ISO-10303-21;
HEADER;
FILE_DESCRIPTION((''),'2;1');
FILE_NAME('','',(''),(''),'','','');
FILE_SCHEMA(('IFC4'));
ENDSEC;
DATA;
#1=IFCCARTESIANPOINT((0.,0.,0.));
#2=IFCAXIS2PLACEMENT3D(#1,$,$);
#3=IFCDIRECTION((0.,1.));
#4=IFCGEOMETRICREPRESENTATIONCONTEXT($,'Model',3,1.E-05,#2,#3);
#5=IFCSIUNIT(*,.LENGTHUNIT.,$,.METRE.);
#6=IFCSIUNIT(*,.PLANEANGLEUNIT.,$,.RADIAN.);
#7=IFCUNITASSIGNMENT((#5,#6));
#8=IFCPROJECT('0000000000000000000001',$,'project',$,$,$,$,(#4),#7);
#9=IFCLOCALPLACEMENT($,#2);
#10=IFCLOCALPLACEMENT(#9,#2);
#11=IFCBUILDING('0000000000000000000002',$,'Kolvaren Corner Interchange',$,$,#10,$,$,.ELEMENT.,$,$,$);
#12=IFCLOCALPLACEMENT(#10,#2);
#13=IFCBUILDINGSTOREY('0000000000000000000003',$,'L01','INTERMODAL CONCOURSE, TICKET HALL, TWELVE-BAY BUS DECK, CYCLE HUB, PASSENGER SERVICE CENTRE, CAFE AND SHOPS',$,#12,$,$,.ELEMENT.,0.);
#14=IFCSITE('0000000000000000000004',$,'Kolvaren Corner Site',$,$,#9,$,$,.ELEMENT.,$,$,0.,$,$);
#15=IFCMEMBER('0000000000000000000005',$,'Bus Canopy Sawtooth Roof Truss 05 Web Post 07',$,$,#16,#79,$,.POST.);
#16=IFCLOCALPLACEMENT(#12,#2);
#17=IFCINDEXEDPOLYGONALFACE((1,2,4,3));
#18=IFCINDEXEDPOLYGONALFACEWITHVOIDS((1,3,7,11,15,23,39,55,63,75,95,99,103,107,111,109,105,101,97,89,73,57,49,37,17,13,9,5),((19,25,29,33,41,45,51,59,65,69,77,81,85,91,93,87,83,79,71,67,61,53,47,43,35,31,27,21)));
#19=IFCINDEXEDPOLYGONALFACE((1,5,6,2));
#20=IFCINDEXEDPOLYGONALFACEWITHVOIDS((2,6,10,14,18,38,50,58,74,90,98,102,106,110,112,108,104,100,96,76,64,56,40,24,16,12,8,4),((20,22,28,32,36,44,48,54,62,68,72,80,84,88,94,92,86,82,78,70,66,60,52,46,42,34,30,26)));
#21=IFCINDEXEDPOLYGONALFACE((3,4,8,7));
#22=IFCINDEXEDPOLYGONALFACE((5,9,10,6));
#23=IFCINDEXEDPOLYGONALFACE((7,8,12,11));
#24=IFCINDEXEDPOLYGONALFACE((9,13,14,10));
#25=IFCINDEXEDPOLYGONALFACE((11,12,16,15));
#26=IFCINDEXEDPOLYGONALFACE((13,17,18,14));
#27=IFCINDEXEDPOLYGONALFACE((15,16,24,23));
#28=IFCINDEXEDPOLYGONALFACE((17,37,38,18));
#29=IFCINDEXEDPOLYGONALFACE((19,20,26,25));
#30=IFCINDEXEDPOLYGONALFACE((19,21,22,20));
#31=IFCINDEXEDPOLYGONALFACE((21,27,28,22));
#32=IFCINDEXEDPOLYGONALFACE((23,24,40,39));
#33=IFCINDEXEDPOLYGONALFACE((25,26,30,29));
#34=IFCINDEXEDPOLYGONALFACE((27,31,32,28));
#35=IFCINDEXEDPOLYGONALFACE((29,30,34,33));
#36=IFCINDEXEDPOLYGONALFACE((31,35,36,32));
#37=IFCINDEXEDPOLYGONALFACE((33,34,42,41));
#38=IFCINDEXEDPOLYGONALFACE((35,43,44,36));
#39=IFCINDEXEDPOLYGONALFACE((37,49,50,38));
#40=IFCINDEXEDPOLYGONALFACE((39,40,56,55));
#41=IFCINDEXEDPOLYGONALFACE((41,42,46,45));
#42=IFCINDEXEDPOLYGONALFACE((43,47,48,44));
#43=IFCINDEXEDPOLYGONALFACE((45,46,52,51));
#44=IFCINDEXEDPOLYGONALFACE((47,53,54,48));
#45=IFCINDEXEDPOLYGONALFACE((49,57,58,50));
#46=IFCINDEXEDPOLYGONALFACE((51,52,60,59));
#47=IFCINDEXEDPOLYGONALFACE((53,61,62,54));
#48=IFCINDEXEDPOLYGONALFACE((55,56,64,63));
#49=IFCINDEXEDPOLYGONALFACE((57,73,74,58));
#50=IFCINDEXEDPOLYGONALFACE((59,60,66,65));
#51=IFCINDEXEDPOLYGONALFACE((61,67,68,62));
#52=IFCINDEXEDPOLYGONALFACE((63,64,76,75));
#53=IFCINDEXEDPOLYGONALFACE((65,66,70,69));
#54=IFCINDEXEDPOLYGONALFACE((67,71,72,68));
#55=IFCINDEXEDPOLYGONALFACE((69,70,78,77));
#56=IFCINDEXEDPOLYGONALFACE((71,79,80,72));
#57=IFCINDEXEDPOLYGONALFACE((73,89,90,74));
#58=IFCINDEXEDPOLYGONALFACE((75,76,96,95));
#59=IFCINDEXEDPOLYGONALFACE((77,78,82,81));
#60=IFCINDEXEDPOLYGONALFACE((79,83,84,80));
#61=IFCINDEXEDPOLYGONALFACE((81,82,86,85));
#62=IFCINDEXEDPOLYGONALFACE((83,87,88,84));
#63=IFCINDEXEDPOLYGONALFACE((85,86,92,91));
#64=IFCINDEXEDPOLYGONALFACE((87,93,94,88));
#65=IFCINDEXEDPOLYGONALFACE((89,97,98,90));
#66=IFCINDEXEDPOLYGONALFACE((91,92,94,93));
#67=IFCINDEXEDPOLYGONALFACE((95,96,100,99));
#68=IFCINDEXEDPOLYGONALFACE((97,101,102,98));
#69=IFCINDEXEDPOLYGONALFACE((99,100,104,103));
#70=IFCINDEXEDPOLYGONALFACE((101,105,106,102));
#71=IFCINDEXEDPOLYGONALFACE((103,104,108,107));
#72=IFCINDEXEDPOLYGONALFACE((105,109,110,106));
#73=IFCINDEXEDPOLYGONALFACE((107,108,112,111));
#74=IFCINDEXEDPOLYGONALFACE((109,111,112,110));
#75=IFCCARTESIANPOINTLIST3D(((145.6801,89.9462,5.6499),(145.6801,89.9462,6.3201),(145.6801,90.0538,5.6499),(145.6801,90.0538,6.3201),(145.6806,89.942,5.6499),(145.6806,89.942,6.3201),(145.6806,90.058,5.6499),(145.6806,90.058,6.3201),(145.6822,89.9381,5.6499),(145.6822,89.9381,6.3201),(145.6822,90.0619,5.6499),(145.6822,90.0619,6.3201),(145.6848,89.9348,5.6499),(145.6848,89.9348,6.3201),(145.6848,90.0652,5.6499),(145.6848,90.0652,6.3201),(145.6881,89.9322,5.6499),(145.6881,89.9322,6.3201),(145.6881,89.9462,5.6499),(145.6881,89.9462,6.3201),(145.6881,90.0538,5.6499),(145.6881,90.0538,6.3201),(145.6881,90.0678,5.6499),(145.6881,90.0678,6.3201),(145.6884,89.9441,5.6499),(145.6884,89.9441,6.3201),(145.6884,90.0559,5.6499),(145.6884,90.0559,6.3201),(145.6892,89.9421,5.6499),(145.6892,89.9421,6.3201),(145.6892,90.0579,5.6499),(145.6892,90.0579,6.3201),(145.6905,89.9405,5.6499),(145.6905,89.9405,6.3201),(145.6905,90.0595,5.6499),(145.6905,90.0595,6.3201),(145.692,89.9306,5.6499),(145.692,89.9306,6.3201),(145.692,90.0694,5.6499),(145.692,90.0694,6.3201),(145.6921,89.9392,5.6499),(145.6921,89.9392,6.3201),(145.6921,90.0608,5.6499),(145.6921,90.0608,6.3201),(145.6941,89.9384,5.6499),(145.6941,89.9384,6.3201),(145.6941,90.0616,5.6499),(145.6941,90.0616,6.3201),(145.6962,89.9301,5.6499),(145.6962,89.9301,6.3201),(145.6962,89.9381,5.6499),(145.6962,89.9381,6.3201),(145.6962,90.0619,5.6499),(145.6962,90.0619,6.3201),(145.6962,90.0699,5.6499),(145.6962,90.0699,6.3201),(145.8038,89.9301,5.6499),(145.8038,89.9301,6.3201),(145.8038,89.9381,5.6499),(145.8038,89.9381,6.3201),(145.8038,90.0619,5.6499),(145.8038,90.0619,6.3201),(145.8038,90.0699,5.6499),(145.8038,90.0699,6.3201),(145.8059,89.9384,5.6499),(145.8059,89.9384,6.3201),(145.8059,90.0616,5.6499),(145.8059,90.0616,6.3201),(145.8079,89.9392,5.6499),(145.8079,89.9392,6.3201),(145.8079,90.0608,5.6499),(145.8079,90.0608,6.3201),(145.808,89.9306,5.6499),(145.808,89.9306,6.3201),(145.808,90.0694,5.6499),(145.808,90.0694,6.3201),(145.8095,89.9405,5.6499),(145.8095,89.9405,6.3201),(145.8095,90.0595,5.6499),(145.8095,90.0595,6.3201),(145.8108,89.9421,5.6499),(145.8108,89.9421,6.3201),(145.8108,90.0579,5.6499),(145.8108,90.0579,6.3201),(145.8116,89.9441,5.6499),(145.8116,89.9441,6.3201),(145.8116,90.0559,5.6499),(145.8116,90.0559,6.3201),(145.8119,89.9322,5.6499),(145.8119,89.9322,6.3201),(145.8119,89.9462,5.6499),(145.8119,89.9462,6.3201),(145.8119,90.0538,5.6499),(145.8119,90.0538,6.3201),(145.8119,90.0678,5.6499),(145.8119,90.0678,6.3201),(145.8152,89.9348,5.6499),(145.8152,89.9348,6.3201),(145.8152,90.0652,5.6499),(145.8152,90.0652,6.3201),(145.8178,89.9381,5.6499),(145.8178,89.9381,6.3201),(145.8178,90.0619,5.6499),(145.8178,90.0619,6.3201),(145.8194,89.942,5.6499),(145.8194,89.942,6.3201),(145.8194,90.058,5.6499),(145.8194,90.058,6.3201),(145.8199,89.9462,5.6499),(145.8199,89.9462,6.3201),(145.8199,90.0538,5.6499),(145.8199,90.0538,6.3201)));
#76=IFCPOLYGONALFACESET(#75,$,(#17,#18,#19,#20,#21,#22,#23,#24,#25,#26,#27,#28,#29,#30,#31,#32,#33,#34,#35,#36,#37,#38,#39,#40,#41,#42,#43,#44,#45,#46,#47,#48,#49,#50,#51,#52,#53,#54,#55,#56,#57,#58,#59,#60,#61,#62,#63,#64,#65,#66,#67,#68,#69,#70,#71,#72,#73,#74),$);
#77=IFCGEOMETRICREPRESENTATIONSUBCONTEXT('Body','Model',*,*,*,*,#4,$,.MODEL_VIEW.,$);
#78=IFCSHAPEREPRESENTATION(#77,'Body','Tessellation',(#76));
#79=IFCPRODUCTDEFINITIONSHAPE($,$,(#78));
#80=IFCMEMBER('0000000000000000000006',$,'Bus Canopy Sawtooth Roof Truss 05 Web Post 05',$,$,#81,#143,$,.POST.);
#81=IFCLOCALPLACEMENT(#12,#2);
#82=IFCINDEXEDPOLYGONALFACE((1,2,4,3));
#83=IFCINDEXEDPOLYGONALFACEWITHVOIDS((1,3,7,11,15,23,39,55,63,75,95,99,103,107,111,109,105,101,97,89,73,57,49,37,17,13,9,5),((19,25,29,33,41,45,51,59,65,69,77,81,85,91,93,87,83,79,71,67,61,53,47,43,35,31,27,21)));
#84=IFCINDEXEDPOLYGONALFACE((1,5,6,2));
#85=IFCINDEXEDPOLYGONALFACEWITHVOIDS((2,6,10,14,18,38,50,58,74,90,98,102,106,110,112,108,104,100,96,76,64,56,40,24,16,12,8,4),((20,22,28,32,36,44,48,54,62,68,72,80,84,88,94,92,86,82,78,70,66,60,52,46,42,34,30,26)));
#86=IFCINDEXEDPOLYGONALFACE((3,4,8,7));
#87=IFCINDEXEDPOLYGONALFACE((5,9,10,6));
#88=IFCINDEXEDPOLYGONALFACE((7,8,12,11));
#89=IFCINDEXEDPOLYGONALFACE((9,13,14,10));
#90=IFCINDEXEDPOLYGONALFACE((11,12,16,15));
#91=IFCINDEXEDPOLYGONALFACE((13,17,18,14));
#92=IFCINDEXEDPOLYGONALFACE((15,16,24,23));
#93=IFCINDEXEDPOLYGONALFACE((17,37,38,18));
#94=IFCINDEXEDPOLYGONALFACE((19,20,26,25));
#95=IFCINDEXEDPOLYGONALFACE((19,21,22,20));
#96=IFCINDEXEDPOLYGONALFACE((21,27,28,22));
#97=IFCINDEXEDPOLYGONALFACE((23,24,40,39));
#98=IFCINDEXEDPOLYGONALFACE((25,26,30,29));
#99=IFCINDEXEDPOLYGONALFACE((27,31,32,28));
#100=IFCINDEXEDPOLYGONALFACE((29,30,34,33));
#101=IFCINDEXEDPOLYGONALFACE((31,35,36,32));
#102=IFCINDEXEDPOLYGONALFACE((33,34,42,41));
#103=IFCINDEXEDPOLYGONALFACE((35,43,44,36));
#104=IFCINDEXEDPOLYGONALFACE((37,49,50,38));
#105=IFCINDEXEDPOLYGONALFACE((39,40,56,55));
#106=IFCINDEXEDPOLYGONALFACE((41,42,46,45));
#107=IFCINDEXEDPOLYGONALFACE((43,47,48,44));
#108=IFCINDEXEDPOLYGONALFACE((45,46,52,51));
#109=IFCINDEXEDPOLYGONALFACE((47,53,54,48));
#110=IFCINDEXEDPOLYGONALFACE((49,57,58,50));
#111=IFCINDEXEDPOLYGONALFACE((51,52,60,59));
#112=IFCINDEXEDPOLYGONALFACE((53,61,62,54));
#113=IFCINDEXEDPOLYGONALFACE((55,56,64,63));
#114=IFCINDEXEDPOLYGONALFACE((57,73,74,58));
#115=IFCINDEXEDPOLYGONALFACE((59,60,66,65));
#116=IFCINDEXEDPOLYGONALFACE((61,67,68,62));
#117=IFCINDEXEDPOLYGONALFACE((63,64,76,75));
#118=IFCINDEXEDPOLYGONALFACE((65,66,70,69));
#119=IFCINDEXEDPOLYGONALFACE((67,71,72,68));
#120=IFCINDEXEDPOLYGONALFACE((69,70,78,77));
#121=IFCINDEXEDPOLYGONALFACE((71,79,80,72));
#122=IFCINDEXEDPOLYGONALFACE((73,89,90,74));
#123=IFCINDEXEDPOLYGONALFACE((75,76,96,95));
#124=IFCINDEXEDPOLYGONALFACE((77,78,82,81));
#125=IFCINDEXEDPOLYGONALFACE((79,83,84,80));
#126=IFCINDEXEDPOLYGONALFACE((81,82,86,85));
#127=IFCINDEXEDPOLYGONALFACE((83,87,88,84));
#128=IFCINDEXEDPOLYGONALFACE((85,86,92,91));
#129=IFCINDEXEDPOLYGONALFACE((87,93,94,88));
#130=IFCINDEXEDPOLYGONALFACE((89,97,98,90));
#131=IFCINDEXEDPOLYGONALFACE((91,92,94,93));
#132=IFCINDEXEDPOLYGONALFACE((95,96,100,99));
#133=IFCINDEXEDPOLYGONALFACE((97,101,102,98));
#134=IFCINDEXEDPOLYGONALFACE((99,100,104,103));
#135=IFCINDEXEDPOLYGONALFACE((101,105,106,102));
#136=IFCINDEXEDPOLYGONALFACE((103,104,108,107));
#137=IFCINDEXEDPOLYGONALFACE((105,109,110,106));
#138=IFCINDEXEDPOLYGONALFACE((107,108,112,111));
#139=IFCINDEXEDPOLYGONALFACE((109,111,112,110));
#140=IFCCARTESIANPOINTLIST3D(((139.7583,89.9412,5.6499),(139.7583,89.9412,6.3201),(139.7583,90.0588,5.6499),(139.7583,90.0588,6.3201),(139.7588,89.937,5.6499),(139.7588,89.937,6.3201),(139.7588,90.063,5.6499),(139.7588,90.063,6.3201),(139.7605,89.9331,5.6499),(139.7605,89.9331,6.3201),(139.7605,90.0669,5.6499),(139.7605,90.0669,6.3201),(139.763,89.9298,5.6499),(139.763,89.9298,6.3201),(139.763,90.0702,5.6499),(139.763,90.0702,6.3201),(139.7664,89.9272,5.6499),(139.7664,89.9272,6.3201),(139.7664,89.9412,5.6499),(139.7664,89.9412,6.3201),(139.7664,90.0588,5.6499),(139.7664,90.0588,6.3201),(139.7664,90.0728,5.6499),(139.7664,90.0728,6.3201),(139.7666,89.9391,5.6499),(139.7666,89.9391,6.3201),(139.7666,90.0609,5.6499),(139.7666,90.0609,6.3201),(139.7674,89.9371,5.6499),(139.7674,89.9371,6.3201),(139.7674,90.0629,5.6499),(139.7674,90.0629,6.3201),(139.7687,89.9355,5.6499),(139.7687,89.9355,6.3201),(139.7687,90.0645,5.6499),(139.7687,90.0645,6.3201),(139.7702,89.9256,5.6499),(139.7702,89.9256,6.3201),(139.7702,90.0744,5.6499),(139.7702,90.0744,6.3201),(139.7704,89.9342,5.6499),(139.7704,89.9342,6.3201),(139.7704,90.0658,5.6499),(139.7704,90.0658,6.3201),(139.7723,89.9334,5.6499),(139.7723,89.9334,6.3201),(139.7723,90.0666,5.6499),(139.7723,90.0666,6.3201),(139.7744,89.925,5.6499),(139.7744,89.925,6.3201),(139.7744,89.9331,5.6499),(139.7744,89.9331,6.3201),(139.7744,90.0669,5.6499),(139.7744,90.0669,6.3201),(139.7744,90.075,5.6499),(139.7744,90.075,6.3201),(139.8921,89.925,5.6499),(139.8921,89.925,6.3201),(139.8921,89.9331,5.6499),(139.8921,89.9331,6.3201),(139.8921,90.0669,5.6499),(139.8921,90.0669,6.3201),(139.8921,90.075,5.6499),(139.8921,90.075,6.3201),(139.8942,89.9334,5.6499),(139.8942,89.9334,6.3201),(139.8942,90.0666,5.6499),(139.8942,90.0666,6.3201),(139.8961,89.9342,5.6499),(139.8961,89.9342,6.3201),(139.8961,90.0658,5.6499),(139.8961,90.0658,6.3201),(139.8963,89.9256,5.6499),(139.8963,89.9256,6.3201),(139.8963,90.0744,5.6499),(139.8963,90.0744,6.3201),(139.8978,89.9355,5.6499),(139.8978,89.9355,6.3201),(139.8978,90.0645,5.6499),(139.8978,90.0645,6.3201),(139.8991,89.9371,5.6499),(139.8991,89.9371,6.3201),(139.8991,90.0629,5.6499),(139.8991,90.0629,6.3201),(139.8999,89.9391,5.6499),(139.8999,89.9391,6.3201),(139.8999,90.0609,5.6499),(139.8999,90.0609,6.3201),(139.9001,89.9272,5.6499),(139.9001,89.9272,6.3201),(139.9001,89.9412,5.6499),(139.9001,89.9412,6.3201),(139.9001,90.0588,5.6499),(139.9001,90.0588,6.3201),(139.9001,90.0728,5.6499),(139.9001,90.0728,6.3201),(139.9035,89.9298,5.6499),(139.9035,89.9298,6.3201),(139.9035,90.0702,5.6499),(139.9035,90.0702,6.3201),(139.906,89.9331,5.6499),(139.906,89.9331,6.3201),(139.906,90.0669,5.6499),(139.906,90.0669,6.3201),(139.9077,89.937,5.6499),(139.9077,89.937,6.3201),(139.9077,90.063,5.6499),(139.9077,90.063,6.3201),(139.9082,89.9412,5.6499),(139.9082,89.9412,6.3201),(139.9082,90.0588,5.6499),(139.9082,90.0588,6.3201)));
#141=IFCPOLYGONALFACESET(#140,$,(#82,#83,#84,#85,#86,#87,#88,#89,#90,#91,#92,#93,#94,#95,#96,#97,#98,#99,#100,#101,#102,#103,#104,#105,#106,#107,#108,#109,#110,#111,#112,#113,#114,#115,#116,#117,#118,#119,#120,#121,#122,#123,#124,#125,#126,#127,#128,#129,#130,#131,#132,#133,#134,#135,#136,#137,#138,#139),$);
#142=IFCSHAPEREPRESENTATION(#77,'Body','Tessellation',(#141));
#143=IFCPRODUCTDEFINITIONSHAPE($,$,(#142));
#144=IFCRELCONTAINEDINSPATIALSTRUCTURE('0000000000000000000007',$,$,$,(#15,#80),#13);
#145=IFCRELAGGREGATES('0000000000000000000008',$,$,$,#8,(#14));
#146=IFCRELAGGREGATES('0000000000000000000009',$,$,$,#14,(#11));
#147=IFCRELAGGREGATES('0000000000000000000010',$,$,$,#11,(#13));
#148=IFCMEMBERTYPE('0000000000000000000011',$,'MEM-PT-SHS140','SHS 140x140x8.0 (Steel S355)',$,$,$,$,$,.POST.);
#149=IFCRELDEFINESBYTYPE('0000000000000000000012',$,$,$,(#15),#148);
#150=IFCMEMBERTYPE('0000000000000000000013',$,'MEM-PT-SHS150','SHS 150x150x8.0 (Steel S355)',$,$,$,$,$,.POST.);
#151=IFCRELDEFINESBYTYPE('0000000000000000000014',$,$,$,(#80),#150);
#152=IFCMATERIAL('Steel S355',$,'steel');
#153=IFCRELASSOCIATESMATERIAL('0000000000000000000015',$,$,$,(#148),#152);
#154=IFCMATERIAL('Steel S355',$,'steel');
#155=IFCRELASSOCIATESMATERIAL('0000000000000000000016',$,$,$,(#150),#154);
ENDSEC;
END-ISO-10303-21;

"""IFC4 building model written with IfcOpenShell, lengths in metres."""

from ifc_helpers import new_model, si_unit, direction, frame, origin, origin_2d, place, context, subcontext, project, spatial, hollow_rectangle, extrude, material, material_profile, profile_set, type_object, element, save


model = new_model("IFC4")

# Units and contexts
model_context = context("Model", 3, precision=1e-05, world=origin(), true_north=direction((0.0, 1.0)))
body_context = subcontext(model_context, "Body", "Model", "MODEL_VIEW")
ifc_project = project(units=[si_unit("LENGTHUNIT", "METRE"), si_unit("PLANEANGLEUNIT", "RADIAN")], contexts=[model_context])

# Site, building, storey
site_placement = place(None, origin())
site = spatial("IfcSite", under=ifc_project, at=site_placement, Name="Kolvaren Corner Site", CompositionType="ELEMENT", RefElevation=0.0)
building_placement = place(site_placement, origin())
building = spatial("IfcBuilding", under=site, at=building_placement, Name="Kolvaren Corner Interchange", CompositionType="ELEMENT")
storey_placement = place(building_placement, origin())
storey = spatial("IfcBuildingStorey", under=building, at=storey_placement, Name="L01", Description="INTERMODAL CONCOURSE, TICKET HALL, TWELVE-BAY BUS DECK, CYCLE HUB, PASSENGER SERVICE CENTRE, CAFE AND SHOPS", CompositionType="ELEMENT", Elevation=0.0)

# Members
ifc_material_1 = material(Name="Steel S355", Category="steel")
ifc_material_profile_1 = material_profile(ifc_material_1, hollow_rectangle(XDim=0.1399, YDim=0.1399, WallThickness=0.0081, InnerFilletRadius=0.0081, OuterFilletRadius=0.0161, at=origin_2d()), Name="SHS 140x140x8.0")
ifc_profile_set_1 = profile_set([ifc_material_profile_1], Name="Steel S355")
member_type_1 = type_object("IfcMemberType", Name="MEM-PT-SHS140", Description="SHS 140x140x8.0 (Steel S355)", PredefinedType="POST", material=ifc_profile_set_1)
member_1_placement = place(storey_placement, frame((145.75, 90.0, 5.6499), z_axis=(0.0, 0.0, 1.0), x_axis=(1.0, 0.0, 0.0)))
element("IfcMember", 1, at=member_1_placement, inside=storey, type_object=member_type_1, Name="Bus Canopy Sawtooth Roof Truss 05 Web Post 07", PredefinedType="POST", context=body_context, shape_type="SweptSolid", body=[
    extrude(hollow_rectangle(XDim=0.1399, YDim=0.1399, WallThickness=0.0081, InnerFilletRadius=0.0081, OuterFilletRadius=0.0161, at=origin_2d()), origin(), (0.0, 0.0, 1.0), 0.6702),
])
ifc_material_2 = material(Name="Steel S355", Category="steel")
ifc_material_profile_2 = material_profile(ifc_material_2, hollow_rectangle(XDim=0.1499, YDim=0.1499, WallThickness=0.0081, InnerFilletRadius=0.0081, OuterFilletRadius=0.0161, at=origin_2d()), Name="SHS 150x150x8.0")
ifc_profile_set_2 = profile_set([ifc_material_profile_2], Name="Steel S355")
member_type_2 = type_object("IfcMemberType", Name="MEM-PT-SHS150", Description="SHS 150x150x8.0 (Steel S355)", PredefinedType="POST", material=ifc_profile_set_2)
for number, where, z_axis, x_axis, name in (
    (2, (139.8333, 90.0, 5.6499), (0.0, 0.0, 1.0), (1.0, 0.0, 0.0), "Bus Canopy Sawtooth Roof Truss 05 Web Post 05"),
):
    element("IfcMember", number, at=place(storey_placement, frame(where, z_axis=z_axis, x_axis=x_axis)), inside=storey, type_object=member_type_2, Name=name, PredefinedType="POST", context=body_context, shape_type="SweptSolid", body=[
        extrude(hollow_rectangle(XDim=0.1499, YDim=0.1499, WallThickness=0.0081, InnerFilletRadius=0.0081, OuterFilletRadius=0.0161, at=origin_2d()), origin(), (0.0, 0.0, 1.0), 0.6702),
    ])

save(model, "model.ifc")
